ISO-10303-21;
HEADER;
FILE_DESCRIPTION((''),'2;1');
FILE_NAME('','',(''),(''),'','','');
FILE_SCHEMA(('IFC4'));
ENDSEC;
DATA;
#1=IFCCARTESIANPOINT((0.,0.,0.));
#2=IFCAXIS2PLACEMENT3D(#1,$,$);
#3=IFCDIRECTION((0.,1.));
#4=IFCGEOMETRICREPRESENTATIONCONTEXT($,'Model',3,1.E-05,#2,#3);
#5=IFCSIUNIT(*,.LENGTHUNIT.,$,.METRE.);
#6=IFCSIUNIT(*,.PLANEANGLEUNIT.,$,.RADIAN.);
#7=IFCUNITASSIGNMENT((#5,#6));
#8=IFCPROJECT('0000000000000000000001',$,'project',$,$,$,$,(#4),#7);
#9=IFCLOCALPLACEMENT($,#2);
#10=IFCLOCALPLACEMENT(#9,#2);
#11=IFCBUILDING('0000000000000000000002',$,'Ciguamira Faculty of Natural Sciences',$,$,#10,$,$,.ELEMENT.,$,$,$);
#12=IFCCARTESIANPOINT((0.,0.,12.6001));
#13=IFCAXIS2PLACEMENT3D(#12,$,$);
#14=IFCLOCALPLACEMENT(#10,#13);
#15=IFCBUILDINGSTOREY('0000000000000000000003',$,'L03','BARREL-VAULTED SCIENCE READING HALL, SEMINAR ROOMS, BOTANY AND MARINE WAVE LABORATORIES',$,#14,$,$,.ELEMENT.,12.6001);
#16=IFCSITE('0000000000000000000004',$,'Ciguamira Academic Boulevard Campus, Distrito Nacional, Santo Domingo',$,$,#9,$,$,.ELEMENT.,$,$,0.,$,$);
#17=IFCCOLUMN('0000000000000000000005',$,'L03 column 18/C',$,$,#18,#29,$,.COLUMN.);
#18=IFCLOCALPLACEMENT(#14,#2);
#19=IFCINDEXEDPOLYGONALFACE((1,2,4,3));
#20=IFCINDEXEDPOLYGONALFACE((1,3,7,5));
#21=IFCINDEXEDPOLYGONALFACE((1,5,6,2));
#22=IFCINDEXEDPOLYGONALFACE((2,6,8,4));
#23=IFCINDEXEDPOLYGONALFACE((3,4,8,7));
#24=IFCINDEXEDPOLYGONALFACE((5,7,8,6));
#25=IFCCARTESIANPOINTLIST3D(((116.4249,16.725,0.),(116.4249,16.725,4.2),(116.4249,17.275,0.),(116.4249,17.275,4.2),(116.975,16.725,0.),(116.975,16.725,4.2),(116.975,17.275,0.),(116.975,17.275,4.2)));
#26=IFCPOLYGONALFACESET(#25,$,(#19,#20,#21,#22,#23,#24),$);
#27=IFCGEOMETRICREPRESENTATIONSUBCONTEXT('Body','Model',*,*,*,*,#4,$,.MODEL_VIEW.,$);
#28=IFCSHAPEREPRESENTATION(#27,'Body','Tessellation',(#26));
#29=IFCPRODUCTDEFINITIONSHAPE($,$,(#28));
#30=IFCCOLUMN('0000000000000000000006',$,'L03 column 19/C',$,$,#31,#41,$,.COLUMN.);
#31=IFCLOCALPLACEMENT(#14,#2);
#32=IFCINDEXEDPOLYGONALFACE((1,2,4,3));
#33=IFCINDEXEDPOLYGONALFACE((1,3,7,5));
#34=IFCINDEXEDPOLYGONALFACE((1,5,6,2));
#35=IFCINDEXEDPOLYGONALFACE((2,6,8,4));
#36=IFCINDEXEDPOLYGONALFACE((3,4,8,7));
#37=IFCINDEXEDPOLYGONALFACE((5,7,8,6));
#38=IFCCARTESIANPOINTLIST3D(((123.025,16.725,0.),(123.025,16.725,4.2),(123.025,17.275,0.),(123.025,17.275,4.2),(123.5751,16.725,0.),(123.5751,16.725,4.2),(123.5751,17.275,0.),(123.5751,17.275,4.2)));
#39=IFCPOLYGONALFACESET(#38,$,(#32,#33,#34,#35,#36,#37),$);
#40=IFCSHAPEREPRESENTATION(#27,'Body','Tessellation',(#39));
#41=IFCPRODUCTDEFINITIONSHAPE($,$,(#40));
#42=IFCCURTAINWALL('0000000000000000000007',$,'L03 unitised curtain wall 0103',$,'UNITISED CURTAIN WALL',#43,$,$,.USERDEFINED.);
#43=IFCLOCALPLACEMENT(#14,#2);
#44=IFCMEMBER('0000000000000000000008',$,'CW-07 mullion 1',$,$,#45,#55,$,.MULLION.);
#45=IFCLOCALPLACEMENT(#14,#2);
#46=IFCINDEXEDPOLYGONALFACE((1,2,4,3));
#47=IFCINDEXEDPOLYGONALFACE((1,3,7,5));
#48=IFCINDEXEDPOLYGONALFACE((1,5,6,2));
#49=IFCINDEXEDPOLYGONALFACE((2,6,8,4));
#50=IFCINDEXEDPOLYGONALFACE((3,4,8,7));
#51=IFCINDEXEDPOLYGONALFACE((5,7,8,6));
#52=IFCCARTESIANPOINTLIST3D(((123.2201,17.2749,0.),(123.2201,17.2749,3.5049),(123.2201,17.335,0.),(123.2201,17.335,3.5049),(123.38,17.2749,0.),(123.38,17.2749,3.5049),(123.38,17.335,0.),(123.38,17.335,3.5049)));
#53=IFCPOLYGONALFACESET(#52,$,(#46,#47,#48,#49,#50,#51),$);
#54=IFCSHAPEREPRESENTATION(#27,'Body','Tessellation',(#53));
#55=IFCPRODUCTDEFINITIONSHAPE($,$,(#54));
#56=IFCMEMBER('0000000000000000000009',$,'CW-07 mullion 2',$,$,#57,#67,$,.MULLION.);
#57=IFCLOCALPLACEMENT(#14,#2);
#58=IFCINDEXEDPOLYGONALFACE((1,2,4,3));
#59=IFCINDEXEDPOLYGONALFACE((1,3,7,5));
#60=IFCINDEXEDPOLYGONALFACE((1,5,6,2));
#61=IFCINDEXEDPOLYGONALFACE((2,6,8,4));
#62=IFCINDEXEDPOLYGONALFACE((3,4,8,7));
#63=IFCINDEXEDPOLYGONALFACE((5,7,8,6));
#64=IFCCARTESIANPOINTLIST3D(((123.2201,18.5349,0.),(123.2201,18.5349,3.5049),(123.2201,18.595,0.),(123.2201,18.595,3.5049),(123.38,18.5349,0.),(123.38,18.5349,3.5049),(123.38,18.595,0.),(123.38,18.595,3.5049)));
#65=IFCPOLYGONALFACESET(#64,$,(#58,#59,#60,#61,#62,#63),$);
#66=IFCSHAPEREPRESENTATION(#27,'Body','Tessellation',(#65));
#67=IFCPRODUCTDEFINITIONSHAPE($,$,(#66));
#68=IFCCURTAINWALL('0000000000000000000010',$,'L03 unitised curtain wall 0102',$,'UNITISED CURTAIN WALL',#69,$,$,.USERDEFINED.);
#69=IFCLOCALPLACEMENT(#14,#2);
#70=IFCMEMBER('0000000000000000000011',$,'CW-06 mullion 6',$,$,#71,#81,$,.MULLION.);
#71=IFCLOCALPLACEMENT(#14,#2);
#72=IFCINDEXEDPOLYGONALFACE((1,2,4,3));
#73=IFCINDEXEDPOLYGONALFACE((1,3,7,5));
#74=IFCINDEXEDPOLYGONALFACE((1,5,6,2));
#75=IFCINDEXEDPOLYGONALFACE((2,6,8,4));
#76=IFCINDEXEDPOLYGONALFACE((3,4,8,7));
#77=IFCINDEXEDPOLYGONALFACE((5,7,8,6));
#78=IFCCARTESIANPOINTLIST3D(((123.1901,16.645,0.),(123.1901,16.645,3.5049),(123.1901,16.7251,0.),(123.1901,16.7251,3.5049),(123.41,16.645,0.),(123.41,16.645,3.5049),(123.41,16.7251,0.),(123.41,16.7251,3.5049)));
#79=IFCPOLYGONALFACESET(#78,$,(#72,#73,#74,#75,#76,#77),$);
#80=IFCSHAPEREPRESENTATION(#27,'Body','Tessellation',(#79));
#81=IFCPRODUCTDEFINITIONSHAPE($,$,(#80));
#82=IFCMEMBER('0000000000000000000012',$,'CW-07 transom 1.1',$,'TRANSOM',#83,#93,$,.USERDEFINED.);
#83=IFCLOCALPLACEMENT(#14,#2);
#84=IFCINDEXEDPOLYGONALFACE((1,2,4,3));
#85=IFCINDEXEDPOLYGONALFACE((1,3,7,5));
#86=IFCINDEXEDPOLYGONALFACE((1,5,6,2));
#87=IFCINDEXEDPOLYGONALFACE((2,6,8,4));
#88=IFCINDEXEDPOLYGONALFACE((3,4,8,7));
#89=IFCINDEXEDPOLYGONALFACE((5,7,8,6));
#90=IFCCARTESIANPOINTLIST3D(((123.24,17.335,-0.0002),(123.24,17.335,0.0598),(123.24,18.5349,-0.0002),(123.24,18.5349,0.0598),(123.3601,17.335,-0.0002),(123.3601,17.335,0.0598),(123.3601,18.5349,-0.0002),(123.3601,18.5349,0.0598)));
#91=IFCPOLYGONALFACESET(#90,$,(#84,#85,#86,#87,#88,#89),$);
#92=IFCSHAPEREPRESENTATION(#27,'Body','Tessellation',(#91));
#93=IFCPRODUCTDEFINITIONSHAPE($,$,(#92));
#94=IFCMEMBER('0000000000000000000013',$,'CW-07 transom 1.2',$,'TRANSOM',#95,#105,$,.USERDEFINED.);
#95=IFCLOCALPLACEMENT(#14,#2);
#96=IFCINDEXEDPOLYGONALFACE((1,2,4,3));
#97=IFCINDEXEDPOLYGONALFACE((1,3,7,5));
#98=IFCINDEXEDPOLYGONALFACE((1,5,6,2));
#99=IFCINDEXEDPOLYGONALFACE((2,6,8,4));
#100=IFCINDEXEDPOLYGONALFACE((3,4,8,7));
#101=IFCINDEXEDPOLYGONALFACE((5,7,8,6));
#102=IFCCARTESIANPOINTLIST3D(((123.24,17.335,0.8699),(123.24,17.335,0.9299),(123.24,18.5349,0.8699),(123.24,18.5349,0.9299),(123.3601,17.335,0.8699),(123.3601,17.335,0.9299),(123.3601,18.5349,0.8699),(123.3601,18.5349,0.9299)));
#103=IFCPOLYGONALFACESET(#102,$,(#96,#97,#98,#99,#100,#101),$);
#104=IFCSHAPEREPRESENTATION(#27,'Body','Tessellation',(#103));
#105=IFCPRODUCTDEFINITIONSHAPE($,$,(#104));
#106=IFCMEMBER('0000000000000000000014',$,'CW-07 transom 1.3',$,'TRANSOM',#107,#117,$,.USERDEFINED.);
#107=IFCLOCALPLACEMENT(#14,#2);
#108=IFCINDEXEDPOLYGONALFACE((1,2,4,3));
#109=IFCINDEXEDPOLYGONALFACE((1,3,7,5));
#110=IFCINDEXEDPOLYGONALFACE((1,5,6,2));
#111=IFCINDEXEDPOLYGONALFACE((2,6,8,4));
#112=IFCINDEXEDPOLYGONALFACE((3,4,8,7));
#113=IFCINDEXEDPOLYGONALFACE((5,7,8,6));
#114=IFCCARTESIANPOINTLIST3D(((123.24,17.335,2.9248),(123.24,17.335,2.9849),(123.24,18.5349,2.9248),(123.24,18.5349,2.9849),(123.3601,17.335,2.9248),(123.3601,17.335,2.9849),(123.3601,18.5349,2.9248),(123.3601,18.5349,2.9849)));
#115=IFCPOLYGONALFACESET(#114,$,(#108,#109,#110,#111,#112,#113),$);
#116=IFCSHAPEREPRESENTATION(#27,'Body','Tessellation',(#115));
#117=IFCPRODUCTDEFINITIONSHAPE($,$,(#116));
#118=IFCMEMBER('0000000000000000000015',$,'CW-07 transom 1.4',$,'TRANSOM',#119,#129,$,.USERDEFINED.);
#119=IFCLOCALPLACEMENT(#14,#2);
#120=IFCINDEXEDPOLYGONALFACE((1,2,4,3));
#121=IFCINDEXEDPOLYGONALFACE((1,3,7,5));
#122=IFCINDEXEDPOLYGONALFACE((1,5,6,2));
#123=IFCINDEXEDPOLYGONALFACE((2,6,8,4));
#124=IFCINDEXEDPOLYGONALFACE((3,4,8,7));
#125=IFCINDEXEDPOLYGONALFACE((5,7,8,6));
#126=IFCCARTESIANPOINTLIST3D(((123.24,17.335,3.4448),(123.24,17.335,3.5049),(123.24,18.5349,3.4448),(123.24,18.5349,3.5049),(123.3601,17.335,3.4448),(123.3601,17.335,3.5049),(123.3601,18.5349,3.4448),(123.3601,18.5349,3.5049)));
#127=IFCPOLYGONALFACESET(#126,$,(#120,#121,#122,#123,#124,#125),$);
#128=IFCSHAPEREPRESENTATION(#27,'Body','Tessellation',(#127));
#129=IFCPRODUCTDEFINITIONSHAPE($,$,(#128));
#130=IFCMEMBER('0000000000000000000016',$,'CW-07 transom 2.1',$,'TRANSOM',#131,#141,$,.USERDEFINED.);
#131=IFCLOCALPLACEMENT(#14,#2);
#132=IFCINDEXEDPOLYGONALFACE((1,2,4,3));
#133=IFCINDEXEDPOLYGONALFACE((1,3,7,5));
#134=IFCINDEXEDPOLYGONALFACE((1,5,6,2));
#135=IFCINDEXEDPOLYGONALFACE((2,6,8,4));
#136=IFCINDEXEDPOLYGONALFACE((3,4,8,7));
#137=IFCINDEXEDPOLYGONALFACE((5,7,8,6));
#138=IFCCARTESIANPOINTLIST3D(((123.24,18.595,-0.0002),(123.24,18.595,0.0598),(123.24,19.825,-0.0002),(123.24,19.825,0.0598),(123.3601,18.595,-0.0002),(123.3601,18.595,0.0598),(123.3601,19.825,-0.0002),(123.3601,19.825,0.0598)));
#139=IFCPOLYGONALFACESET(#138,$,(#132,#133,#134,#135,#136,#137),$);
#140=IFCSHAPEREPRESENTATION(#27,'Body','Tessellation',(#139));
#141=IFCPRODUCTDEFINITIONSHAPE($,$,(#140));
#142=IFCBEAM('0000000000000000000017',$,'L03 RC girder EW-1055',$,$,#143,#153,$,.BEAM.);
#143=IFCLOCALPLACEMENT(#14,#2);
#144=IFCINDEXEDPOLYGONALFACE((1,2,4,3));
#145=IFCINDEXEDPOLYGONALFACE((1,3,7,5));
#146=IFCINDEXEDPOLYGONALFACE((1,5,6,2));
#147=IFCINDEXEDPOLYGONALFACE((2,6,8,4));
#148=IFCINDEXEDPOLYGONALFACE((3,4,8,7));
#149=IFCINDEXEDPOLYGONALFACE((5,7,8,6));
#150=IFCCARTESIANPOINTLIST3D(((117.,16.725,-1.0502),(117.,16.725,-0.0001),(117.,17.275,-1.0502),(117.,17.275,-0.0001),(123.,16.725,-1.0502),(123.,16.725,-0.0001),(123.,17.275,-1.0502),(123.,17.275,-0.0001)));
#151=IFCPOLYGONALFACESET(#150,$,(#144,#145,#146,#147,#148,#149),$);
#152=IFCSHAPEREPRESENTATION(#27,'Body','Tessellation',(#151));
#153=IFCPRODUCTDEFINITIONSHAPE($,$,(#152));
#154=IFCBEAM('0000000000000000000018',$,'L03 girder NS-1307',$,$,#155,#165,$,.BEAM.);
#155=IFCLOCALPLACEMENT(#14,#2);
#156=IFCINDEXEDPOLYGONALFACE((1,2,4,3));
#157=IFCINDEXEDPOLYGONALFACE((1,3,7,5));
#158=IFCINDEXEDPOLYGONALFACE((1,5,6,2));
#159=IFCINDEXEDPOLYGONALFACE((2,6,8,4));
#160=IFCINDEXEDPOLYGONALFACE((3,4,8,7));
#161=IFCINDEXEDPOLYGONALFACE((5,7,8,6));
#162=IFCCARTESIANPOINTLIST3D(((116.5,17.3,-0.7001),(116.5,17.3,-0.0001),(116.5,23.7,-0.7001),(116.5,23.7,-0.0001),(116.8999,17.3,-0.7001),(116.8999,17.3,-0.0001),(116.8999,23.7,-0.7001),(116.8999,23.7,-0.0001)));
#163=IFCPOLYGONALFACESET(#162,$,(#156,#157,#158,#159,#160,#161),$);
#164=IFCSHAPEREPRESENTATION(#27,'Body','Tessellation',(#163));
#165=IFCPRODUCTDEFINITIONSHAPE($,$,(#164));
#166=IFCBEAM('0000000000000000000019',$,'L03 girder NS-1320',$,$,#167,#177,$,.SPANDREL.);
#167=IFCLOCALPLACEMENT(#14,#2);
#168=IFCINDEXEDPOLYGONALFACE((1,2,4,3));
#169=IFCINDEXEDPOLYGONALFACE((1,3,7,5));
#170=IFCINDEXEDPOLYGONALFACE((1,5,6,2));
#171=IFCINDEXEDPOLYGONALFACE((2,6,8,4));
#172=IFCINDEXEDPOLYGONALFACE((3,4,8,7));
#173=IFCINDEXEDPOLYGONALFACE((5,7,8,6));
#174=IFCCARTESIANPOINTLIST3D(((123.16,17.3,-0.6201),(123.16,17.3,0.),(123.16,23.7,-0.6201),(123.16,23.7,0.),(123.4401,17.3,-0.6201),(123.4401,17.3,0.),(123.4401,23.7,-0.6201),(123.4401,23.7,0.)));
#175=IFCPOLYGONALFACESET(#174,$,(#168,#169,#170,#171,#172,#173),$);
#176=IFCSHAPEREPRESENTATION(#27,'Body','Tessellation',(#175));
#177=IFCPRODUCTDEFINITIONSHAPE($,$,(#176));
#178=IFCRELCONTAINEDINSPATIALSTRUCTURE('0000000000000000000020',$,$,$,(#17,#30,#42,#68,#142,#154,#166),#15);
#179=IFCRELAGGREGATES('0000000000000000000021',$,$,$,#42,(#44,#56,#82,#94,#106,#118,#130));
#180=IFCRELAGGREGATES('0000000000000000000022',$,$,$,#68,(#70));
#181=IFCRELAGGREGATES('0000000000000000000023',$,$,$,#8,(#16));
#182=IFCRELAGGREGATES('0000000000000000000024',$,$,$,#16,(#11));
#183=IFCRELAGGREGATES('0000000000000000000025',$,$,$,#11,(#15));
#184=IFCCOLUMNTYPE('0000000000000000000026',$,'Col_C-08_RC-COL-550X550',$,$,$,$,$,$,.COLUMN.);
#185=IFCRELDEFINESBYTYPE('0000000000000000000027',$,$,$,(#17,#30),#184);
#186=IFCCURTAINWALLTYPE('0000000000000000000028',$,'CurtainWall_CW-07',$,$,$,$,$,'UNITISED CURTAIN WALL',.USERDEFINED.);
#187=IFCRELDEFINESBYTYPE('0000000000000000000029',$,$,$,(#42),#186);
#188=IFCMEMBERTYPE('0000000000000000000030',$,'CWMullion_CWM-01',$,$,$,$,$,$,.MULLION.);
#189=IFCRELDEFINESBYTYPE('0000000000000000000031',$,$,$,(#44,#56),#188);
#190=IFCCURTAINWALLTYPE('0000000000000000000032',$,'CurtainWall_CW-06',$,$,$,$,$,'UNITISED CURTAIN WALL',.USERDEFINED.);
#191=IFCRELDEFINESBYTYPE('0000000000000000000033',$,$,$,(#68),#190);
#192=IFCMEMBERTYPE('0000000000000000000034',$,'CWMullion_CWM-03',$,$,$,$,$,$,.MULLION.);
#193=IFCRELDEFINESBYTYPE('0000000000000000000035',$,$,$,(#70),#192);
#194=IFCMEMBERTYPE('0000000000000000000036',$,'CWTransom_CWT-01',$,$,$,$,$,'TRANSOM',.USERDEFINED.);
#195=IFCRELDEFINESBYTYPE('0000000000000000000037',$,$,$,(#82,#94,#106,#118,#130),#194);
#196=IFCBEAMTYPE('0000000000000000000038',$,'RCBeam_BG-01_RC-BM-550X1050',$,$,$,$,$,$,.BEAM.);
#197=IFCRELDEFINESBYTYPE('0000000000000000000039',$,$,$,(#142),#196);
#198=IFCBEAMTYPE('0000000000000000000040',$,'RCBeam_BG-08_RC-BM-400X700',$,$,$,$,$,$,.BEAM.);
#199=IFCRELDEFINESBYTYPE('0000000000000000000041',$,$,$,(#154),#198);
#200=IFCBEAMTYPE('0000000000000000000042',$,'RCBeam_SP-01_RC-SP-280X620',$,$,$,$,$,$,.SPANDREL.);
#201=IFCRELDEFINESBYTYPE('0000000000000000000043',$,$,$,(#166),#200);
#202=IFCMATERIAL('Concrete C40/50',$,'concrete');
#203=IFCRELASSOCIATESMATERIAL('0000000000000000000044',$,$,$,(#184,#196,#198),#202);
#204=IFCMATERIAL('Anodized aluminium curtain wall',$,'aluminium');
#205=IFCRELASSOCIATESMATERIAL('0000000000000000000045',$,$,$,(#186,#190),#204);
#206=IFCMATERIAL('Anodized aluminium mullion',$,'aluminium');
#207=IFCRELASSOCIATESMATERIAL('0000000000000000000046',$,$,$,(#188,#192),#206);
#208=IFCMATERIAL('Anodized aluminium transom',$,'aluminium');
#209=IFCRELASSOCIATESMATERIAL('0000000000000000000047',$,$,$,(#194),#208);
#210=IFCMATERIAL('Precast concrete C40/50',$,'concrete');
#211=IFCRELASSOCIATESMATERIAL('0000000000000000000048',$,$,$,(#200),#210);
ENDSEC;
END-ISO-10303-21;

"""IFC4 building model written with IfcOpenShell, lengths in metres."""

from ifc_helpers import new_model, si_unit, direction, frame, origin, origin_2d, place, context, subcontext, project, spatial, rectangle, extrude, material, material_profile, profile_set, type_object, element, aggregate, save


model = new_model("IFC4")

# Units and contexts
model_context = context("Model", 3, precision=1e-05, world=origin(), true_north=direction((0.0, 1.0)))
body_context = subcontext(model_context, "Body", "Model", "MODEL_VIEW")
ifc_project = project(units=[si_unit("LENGTHUNIT", "METRE"), si_unit("PLANEANGLEUNIT", "RADIAN")], contexts=[model_context])

# Site, building, storey
site_placement = place(None, origin())
site = spatial("IfcSite", under=ifc_project, at=site_placement, Name="Ciguamira Academic Boulevard Campus, Distrito Nacional, Santo Domingo", CompositionType="ELEMENT", RefElevation=0.0)
building_placement = place(site_placement, origin())
building = spatial("IfcBuilding", under=site, at=building_placement, Name="Ciguamira Faculty of Natural Sciences", CompositionType="ELEMENT")
storey_placement = place(building_placement, frame((0.0, 0.0, 12.6001)))
storey = spatial("IfcBuildingStorey", under=building, at=storey_placement, Name="L03", Description="BARREL-VAULTED SCIENCE READING HALL, SEMINAR ROOMS, BOTANY AND MARINE WAVE LABORATORIES", CompositionType="ELEMENT", Elevation=12.6001)

# Columns
ifc_material_1 = material(Name="Concrete C40/50", Category="concrete")
ifc_material_profile_1 = material_profile(ifc_material_1, rectangle(XDim=0.55, YDim=0.55, at=origin_2d()), Name="RC-COL-550X550")
ifc_profile_set_1 = profile_set([ifc_material_profile_1], Name="Concrete C40/50")
column_type = type_object("IfcColumnType", Name="Col_C-08_RC-COL-550X550", PredefinedType="COLUMN", material=ifc_profile_set_1)
for number, where, z_axis, x_axis, name in (
    (1, (116.7, 17.0, 0.0), (0.0, 0.0, 1.0), (1.0, 0.0, 0.0), "L03 column 18/C"),
    (2, (123.3, 17.0, 0.0), (0.0, 0.0, 1.0), (1.0, 0.0, 0.0), "L03 column 19/C"),
):
    element("IfcColumn", number, at=place(storey_placement, frame(where, z_axis=z_axis, x_axis=x_axis)), inside=storey, type_object=column_type, Name=name, PredefinedType="COLUMN", context=body_context, shape_type="SweptSolid", body=[
        extrude(rectangle(XDim=0.55, YDim=0.55, at=origin_2d()), origin(), (0.0, 0.0, 1.0), 4.2),
    ])

# Curtain wall, members
ifc_material_2 = material(Name="Anodized aluminium curtain wall", Category="aluminium")
curtain_wall_type_1 = type_object("IfcCurtainWallType", Name="CurtainWall_CW-07", ElementType="UNITISED CURTAIN WALL", PredefinedType="USERDEFINED", material=ifc_material_2)
curtain_wall_1_placement = place(storey_placement, origin())
curtain_wall_1 = element("IfcCurtainWall", 3, at=curtain_wall_1_placement, inside=storey, type_object=curtain_wall_type_1, Name="L03 unitised curtain wall 0103", ObjectType="UNITISED CURTAIN WALL", PredefinedType="USERDEFINED")
ifc_material_3 = material(Name="Anodized aluminium mullion", Category="aluminium")
ifc_material_profile_2 = material_profile(ifc_material_3, rectangle(XDim=0.0601, YDim=0.1599, at=origin_2d()), Name="ALU-MUL-60X160")
ifc_profile_set_2 = profile_set([ifc_material_profile_2], Name="Anodized aluminium mullion")
member_type_1 = type_object("IfcMemberType", Name="CWMullion_CWM-01", PredefinedType="MULLION", material=ifc_profile_set_2)
member_1_placement = place(storey_placement, frame((123.3, 17.3049, 0.0), z_axis=(0.0, 0.0, 1.0), x_axis=(0.0, 1.0, 0.0)))
member_1 = element("IfcMember", 4, at=member_1_placement, type_object=member_type_1, Name="CW-07 mullion 1", PredefinedType="MULLION", context=body_context, shape_type="SweptSolid", body=[
    extrude(rectangle(XDim=0.0601, YDim=0.1599, at=origin_2d()), origin(), (0.0, 0.0, 1.0), 3.5049),
])
member_2_placement = place(storey_placement, frame((123.3, 18.5649, 0.0), z_axis=(0.0, 0.0, 1.0), x_axis=(0.0, 1.0, 0.0)))
member_2 = element("IfcMember", 5, at=member_2_placement, type_object=member_type_1, Name="CW-07 mullion 2", PredefinedType="MULLION", context=body_context, shape_type="SweptSolid", body=[
    extrude(rectangle(XDim=0.0601, YDim=0.1599, at=origin_2d()), origin(), (0.0, 0.0, 1.0), 3.5049),
])

# Curtain wall, member
curtain_wall_type_2 = type_object("IfcCurtainWallType", Name="CurtainWall_CW-06", ElementType="UNITISED CURTAIN WALL", PredefinedType="USERDEFINED", material=ifc_material_2)
curtain_wall_2_placement = place(storey_placement, origin())
curtain_wall_2 = element("IfcCurtainWall", 6, at=curtain_wall_2_placement, inside=storey, type_object=curtain_wall_type_2, Name="L03 unitised curtain wall 0102", ObjectType="UNITISED CURTAIN WALL", PredefinedType="USERDEFINED")
ifc_material_profile_3 = material_profile(ifc_material_3, rectangle(XDim=0.0801, YDim=0.22, at=origin_2d()), Name="ALU-MUL-80X220")
ifc_profile_set_3 = profile_set([ifc_material_profile_3], Name="Anodized aluminium mullion")
member_type_2 = type_object("IfcMemberType", Name="CWMullion_CWM-03", PredefinedType="MULLION", material=ifc_profile_set_3)
member_3_placement = place(storey_placement, frame((123.3, 16.6851, 0.0), z_axis=(0.0, 0.0, 1.0), x_axis=(0.0, 1.0, 0.0)))
member_3 = element("IfcMember", 7, at=member_3_placement, type_object=member_type_2, Name="CW-06 mullion 6", PredefinedType="MULLION", context=body_context, shape_type="SweptSolid", body=[
    extrude(rectangle(XDim=0.0801, YDim=0.22, at=origin_2d()), origin(), (0.0, 0.0, 1.0), 3.5049),
])

# Members
ifc_material_4 = material(Name="Anodized aluminium transom", Category="aluminium")
ifc_material_profile_4 = material_profile(ifc_material_4, rectangle(XDim=0.0601, YDim=0.1201, at=origin_2d()), Name="ALU-TRN-60X120")
ifc_profile_set_4 = profile_set([ifc_material_profile_4], Name="Anodized aluminium transom")
member_type_3 = type_object("IfcMemberType", Name="CWTransom_CWT-01", ElementType="TRANSOM", PredefinedType="USERDEFINED", material=ifc_profile_set_4)
member_4_placement = place(storey_placement, frame((123.3, 17.335, 0.0298), z_axis=(0.0, 1.0, 0.0), x_axis=(0.0, 0.0, 1.0)))
member_4 = element("IfcMember", 8, at=member_4_placement, type_object=member_type_3, Name="CW-07 transom 1.1", ObjectType="TRANSOM", PredefinedType="USERDEFINED", context=body_context, shape_type="SweptSolid", body=[
    extrude(rectangle(XDim=0.0601, YDim=0.1201, at=origin_2d()), origin(), (0.0, 0.0, 1.0), 1.2),
])
member_5_placement = place(storey_placement, frame((123.3, 17.335, 0.8999), z_axis=(0.0, 1.0, 0.0), x_axis=(0.0, 0.0, 1.0)))
member_5 = element("IfcMember", 9, at=member_5_placement, type_object=member_type_3, Name="CW-07 transom 1.2", ObjectType="TRANSOM", PredefinedType="USERDEFINED", context=body_context, shape_type="SweptSolid", body=[
    extrude(rectangle(XDim=0.0601, YDim=0.1201, at=origin_2d()), origin(), (0.0, 0.0, 1.0), 1.2),
])
member_6_placement = place(storey_placement, frame((123.3, 17.335, 2.9548), z_axis=(0.0, 1.0, 0.0), x_axis=(0.0, 0.0, 1.0)))
member_6 = element("IfcMember", 10, at=member_6_placement, type_object=member_type_3, Name="CW-07 transom 1.3", ObjectType="TRANSOM", PredefinedType="USERDEFINED", context=body_context, shape_type="SweptSolid", body=[
    extrude(rectangle(XDim=0.0601, YDim=0.1201, at=origin_2d()), origin(), (0.0, 0.0, 1.0), 1.2),
])
member_7_placement = place(storey_placement, frame((123.3, 17.335, 3.4749), z_axis=(0.0, 1.0, 0.0), x_axis=(0.0, 0.0, 1.0)))
member_7 = element("IfcMember", 11, at=member_7_placement, type_object=member_type_3, Name="CW-07 transom 1.4", ObjectType="TRANSOM", PredefinedType="USERDEFINED", context=body_context, shape_type="SweptSolid", body=[
    extrude(rectangle(XDim=0.0601, YDim=0.1201, at=origin_2d()), origin(), (0.0, 0.0, 1.0), 1.2),
])
member_8_placement = place(storey_placement, frame((123.3, 18.595, 0.0298), z_axis=(0.0, 1.0, 0.0), x_axis=(0.0, 0.0, 1.0)))
member_8 = element("IfcMember", 12, at=member_8_placement, type_object=member_type_3, Name="CW-07 transom 2.1", ObjectType="TRANSOM", PredefinedType="USERDEFINED", context=body_context, shape_type="SweptSolid", body=[
    extrude(rectangle(XDim=0.0601, YDim=0.1201, at=origin_2d()), origin(), (0.0, 0.0, 1.0), 1.23),
])

# Beams
ifc_material_profile_5 = material_profile(ifc_material_1, rectangle(XDim=0.55, YDim=1.05, at=origin_2d()), Name="RC-BM-550X1050")
ifc_profile_set_5 = profile_set([ifc_material_profile_5], Name="Concrete C40/50")
beam_type_1 = type_object("IfcBeamType", Name="RCBeam_BG-01_RC-BM-550X1050", PredefinedType="BEAM", material=ifc_profile_set_5)
beam_1_placement = place(storey_placement, frame((117.0, 17.0, -0.5251), z_axis=(1.0, 0.0, 0.0), x_axis=(0.0, 1.0, 0.0)))
element("IfcBeam", 13, at=beam_1_placement, inside=storey, type_object=beam_type_1, Name="L03 RC girder EW-1055", PredefinedType="BEAM", context=body_context, shape_type="SweptSolid", body=[
    extrude(rectangle(XDim=0.55, YDim=1.05, at=origin_2d()), origin(), (0.0, 0.0, 1.0), 6.0),
])
ifc_material_profile_6 = material_profile(ifc_material_1, rectangle(XDim=0.3999, YDim=0.7, at=origin_2d()), Name="RC-BM-400X700")
ifc_profile_set_6 = profile_set([ifc_material_profile_6], Name="Concrete C40/50")
beam_type_2 = type_object("IfcBeamType", Name="RCBeam_BG-08_RC-BM-400X700", PredefinedType="BEAM", material=ifc_profile_set_6)
beam_2_placement = place(storey_placement, frame((116.7, 17.3, -0.3501), z_axis=(0.0, 1.0, 0.0), x_axis=(-1.0, 0.0, 0.0)))
element("IfcBeam", 14, at=beam_2_placement, inside=storey, type_object=beam_type_2, Name="L03 girder NS-1307", PredefinedType="BEAM", context=body_context, shape_type="SweptSolid", body=[
    extrude(rectangle(XDim=0.3999, YDim=0.7, at=origin_2d()), origin(), (0.0, 0.0, 1.0), 6.3999),
])
ifc_material_5 = material(Name="Precast concrete C40/50", Category="concrete")
ifc_material_profile_7 = material_profile(ifc_material_5, rectangle(XDim=0.28, YDim=0.6201, at=origin_2d()), Name="RC-SP-280X620")
ifc_profile_set_7 = profile_set([ifc_material_profile_7], Name="Precast concrete C40/50")
beam_type_3 = type_object("IfcBeamType", Name="RCBeam_SP-01_RC-SP-280X620", PredefinedType="SPANDREL", material=ifc_profile_set_7)
beam_3_placement = place(storey_placement, frame((123.3, 17.3, -0.3101), z_axis=(0.0, 1.0, 0.0), x_axis=(-1.0, 0.0, 0.0)))
element("IfcBeam", 15, at=beam_3_placement, inside=storey, type_object=beam_type_3, Name="L03 girder NS-1320", PredefinedType="SPANDREL", context=body_context, shape_type="SweptSolid", body=[
    extrude(rectangle(XDim=0.28, YDim=0.6201, at=origin_2d()), origin(), (0.0, 0.0, 1.0), 6.3999),
])

aggregate(curtain_wall_1, [member_1, member_2, member_4, member_5, member_6, member_7, member_8])
aggregate(curtain_wall_2, [member_3])

save(model, "model.ifc")
